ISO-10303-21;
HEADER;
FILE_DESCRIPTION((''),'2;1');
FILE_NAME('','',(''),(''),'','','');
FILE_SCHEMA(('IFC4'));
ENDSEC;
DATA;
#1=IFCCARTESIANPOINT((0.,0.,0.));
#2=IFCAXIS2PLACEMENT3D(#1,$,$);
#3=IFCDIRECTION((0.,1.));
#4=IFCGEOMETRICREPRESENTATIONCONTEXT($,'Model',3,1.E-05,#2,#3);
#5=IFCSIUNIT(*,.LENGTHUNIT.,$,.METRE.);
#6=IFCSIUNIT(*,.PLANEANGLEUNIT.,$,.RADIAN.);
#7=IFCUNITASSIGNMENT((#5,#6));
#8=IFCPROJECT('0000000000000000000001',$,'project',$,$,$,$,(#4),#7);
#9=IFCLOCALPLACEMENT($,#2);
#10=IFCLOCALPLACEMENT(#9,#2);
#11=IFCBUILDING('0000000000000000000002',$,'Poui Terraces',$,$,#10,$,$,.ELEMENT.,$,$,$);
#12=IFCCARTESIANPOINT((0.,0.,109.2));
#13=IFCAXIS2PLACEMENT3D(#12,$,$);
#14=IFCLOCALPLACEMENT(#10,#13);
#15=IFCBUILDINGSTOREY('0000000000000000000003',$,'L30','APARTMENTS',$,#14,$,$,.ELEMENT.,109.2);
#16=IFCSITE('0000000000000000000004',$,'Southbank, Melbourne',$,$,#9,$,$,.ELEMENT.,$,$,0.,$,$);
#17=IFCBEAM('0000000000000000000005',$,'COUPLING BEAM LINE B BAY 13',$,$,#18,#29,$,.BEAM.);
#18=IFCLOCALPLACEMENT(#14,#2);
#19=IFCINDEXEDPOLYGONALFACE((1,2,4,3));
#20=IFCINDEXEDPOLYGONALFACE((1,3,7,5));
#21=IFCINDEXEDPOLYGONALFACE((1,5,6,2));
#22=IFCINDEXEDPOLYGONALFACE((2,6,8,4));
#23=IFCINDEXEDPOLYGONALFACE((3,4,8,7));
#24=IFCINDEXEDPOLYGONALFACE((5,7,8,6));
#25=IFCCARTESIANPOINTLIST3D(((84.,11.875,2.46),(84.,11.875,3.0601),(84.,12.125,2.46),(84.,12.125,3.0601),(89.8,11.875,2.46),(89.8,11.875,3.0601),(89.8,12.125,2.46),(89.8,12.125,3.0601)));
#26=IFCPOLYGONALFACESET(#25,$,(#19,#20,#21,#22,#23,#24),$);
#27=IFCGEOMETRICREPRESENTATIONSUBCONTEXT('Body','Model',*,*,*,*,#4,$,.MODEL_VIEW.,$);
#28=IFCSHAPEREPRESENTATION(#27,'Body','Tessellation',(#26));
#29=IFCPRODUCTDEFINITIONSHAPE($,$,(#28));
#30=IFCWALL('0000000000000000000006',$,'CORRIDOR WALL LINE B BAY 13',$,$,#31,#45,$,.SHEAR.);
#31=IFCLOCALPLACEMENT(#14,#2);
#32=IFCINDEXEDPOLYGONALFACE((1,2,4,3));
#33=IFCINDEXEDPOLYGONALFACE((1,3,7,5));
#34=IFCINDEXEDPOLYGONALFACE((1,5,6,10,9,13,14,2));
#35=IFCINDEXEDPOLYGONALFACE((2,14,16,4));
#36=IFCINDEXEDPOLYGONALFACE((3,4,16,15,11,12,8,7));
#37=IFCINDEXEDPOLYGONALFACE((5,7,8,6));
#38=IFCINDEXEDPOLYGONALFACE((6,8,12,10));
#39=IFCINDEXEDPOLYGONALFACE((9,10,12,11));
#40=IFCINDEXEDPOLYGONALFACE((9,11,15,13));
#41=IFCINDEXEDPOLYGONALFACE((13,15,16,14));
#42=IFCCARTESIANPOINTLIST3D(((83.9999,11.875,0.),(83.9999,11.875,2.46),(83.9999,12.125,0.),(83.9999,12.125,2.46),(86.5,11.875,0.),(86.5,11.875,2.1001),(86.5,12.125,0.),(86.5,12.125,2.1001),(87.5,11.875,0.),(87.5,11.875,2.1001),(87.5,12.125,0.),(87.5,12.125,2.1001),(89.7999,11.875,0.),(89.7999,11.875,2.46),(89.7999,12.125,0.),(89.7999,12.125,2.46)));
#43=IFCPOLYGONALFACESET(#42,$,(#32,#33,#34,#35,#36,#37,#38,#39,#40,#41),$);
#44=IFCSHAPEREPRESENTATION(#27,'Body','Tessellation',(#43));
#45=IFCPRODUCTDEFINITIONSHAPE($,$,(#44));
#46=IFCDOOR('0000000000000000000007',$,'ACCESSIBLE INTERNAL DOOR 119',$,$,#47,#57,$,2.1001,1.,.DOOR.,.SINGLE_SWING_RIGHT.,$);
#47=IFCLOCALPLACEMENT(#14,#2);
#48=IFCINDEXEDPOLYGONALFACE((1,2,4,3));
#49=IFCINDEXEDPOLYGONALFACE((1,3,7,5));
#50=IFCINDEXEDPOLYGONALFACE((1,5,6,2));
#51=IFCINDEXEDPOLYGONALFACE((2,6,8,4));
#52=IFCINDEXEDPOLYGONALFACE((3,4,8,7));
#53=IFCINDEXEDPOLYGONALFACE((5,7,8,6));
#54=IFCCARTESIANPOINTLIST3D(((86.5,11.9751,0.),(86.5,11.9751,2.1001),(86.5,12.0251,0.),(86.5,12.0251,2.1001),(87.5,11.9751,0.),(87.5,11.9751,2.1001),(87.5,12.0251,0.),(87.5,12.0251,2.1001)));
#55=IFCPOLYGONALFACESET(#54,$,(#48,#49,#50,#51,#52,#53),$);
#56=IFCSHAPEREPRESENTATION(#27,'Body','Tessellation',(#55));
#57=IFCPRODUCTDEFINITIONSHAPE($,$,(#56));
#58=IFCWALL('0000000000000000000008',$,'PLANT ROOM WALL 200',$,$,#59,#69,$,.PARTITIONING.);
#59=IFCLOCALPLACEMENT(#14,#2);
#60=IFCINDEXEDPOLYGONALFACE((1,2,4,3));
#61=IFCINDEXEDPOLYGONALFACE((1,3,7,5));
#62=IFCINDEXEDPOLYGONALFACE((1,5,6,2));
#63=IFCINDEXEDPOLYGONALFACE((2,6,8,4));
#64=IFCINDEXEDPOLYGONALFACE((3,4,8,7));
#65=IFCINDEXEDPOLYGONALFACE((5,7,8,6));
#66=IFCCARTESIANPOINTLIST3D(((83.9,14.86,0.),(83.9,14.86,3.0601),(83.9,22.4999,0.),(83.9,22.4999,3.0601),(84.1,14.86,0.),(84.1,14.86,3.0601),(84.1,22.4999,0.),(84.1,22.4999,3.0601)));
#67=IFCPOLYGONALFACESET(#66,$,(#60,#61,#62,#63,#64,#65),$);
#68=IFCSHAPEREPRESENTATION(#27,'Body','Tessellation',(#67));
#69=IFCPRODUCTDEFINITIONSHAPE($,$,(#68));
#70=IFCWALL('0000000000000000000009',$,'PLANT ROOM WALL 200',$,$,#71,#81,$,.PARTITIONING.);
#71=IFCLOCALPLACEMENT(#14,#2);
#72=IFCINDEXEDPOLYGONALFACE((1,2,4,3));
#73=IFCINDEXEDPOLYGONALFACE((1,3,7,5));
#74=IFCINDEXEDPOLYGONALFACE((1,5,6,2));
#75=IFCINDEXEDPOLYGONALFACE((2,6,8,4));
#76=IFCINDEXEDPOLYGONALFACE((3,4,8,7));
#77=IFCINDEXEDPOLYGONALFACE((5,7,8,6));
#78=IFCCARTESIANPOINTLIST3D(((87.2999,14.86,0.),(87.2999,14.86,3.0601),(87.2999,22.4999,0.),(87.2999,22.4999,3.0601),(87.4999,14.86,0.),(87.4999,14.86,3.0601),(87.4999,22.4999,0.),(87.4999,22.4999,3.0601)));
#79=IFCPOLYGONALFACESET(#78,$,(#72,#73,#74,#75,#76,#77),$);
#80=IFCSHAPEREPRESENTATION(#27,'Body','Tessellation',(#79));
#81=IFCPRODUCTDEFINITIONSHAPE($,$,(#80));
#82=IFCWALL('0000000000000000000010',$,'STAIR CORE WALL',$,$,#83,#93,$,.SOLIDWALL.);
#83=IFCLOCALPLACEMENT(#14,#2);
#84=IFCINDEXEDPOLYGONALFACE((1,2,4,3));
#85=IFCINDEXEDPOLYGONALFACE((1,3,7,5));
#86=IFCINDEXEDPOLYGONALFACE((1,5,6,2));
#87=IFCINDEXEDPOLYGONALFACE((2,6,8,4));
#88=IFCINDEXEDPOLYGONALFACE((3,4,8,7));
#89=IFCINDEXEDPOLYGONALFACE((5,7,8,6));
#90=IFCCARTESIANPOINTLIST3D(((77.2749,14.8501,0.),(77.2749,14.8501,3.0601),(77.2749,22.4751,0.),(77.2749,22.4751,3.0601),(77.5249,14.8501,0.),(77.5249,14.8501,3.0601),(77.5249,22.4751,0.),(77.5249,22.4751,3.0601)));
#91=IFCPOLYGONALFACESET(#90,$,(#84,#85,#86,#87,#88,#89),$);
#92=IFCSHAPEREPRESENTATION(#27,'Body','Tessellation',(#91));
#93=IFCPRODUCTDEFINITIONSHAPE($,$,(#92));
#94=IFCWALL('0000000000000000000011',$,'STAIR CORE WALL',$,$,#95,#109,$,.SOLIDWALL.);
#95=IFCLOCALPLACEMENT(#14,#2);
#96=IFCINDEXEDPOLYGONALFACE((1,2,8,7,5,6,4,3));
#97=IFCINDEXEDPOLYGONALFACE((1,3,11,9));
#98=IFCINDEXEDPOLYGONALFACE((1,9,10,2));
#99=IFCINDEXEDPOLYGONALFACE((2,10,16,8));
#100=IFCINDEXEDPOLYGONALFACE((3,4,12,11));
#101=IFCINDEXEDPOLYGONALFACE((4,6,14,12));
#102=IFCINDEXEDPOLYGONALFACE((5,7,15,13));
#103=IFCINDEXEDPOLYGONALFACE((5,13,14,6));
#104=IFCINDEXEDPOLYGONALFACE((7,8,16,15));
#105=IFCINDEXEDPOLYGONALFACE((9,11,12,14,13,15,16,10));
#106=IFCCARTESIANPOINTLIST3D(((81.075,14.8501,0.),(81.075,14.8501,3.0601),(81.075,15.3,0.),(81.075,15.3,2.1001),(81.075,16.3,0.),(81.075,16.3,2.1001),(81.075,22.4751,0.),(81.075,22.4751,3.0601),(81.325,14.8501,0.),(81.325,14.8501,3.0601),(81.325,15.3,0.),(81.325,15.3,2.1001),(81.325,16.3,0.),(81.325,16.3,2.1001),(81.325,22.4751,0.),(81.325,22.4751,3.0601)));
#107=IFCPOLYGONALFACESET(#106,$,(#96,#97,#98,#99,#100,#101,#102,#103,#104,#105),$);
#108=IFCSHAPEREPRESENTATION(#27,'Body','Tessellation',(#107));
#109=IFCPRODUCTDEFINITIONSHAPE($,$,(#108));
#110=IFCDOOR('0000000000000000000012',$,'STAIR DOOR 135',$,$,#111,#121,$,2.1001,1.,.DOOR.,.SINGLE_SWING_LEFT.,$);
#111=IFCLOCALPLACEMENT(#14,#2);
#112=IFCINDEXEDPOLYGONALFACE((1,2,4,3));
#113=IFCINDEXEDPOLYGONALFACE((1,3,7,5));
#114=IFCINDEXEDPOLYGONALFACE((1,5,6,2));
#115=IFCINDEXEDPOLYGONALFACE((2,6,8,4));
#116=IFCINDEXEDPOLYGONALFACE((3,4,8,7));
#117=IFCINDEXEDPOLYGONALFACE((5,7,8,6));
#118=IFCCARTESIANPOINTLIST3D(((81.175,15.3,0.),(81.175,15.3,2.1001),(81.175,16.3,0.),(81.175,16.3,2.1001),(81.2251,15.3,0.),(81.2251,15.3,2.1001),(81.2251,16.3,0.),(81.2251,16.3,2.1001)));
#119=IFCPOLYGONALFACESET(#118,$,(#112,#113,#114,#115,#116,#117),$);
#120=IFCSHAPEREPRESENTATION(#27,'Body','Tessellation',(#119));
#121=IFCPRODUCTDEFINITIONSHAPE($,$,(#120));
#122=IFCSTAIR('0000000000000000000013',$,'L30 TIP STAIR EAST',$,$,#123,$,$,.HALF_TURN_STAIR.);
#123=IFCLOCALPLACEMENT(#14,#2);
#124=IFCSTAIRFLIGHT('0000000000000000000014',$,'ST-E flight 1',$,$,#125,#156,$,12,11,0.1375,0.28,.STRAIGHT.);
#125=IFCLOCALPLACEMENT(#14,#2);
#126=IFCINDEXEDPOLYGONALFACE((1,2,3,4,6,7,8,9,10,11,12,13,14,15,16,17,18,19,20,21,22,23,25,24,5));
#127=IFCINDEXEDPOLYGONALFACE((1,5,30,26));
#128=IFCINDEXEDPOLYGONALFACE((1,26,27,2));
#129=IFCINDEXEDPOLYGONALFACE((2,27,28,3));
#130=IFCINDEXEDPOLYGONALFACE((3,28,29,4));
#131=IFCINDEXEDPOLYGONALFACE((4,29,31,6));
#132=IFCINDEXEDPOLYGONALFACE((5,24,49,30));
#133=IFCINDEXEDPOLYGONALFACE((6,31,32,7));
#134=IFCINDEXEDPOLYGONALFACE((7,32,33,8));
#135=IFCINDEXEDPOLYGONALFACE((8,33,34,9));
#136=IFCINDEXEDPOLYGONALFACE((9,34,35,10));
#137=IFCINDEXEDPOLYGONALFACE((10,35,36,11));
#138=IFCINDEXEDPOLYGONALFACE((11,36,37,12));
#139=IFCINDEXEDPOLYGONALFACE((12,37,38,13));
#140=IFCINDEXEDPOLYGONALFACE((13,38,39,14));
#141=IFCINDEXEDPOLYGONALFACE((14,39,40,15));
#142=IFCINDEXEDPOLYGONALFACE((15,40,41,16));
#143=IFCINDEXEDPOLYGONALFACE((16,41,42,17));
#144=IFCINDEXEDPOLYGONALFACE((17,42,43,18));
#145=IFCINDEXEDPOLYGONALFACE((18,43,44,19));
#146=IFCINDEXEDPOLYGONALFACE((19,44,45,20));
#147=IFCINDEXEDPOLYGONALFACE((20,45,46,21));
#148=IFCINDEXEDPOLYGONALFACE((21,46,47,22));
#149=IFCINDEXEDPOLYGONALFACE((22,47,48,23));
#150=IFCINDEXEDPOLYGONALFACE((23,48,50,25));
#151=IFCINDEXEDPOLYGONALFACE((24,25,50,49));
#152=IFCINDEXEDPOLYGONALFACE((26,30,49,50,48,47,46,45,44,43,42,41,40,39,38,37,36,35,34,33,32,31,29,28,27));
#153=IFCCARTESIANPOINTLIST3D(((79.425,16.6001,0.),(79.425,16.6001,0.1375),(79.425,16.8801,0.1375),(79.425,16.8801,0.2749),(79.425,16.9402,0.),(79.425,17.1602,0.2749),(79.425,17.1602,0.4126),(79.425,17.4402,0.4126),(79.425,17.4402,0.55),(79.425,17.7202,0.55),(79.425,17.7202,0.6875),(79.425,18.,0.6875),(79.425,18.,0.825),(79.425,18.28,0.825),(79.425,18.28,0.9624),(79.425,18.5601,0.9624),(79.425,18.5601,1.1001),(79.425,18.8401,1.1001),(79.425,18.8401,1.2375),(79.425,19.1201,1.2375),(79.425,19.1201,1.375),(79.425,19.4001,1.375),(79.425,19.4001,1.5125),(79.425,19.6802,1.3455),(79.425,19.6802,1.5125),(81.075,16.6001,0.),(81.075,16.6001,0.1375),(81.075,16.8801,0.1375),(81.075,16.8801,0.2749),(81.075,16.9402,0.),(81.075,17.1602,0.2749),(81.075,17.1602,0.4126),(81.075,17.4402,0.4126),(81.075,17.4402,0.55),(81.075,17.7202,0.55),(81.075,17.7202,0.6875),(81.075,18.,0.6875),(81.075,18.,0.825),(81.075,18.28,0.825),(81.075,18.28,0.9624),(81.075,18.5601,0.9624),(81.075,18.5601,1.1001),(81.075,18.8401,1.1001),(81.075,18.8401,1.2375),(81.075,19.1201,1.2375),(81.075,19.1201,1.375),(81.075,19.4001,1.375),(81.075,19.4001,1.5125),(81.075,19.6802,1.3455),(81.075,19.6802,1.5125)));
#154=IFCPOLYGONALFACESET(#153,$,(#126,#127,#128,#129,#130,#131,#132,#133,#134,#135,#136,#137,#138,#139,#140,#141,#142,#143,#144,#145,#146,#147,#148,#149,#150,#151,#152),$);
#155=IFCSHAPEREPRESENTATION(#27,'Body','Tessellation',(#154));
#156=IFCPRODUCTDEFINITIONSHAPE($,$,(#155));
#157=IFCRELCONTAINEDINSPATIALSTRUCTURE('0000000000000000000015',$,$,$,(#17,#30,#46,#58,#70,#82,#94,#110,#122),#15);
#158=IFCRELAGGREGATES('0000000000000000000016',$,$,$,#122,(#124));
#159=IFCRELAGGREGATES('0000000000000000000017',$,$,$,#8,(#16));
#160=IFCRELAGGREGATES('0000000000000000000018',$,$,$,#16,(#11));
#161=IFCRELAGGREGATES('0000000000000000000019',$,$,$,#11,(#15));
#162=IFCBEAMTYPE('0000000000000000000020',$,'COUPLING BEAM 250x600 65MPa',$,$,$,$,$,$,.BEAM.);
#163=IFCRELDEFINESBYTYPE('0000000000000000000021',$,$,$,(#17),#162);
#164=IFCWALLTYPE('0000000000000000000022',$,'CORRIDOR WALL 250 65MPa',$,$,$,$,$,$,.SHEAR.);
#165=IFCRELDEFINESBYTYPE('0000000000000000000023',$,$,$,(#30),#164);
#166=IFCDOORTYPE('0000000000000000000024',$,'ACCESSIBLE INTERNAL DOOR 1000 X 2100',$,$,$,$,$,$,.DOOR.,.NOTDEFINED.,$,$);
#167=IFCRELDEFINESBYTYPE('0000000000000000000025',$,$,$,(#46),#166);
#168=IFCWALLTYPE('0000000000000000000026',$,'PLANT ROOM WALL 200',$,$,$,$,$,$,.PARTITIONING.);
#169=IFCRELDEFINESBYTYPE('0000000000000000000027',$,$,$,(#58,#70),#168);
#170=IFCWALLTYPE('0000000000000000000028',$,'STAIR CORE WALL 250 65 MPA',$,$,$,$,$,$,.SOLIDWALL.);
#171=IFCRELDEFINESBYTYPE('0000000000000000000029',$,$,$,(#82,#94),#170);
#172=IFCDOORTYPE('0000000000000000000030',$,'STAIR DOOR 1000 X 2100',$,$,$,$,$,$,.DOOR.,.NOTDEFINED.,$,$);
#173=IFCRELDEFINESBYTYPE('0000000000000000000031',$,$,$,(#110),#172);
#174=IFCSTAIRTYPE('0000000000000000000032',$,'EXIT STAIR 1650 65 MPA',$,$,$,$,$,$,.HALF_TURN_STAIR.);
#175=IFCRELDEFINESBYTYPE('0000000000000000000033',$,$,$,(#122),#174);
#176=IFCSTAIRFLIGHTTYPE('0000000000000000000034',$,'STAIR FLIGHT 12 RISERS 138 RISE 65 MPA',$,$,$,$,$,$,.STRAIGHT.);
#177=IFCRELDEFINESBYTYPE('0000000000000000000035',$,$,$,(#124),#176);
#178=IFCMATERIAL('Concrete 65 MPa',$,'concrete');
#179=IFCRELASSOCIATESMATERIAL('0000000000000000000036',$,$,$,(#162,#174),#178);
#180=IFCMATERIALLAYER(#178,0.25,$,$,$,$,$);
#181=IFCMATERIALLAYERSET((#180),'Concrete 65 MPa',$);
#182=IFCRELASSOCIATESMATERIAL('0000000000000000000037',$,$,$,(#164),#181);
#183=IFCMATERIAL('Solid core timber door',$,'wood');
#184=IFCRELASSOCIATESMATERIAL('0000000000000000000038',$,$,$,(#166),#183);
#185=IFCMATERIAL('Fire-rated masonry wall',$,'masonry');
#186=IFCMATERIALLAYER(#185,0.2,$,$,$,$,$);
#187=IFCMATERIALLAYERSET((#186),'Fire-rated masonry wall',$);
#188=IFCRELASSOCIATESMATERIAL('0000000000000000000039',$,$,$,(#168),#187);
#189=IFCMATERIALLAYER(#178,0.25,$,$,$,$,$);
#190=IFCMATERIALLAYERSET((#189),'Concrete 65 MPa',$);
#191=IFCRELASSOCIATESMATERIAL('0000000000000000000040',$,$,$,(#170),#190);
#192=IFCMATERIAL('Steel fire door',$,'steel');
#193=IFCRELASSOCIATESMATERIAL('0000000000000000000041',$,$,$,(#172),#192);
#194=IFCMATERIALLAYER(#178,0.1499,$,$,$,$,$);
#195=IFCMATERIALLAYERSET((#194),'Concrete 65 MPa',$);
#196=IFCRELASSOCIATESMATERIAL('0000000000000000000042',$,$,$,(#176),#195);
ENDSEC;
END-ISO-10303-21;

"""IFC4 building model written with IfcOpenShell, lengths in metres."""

from ifc_helpers import new_model, si_unit, direction, frame, frame_2d, origin, origin_2d, place, context, subcontext, project, spatial, polyline, rectangle, outline, extrude, source, transform, mapped, material, layer, layer_set, material_profile, profile_set, type_object, element, fill, aggregate, save


model = new_model("IFC4")

# Units and contexts
model_context = context("Model", 3, precision=1e-05, world=origin(), true_north=direction((0.0, 1.0)))
body_context = subcontext(model_context, "Body", "Model", "MODEL_VIEW")
ifc_project = project(units=[si_unit("LENGTHUNIT", "METRE"), si_unit("PLANEANGLEUNIT", "RADIAN")], contexts=[model_context])

# Site, building, storey
site_placement = place(None, origin())
site = spatial("IfcSite", under=ifc_project, at=site_placement, Name="Southbank, Melbourne", CompositionType="ELEMENT", RefElevation=0.0)
building_placement = place(site_placement, origin())
building = spatial("IfcBuilding", under=site, at=building_placement, Name="Poui Terraces", CompositionType="ELEMENT")
storey_placement = place(building_placement, frame((0.0, 0.0, 109.2)))
storey = spatial("IfcBuildingStorey", under=building, at=storey_placement, Name="L30", Description="APARTMENTS", CompositionType="ELEMENT", Elevation=109.2)

# Beam
ifc_material_1 = material(Name="Concrete 65 MPa", Category="concrete")
ifc_material_profile = material_profile(ifc_material_1, rectangle(XDim=0.25, YDim=0.6001, at=origin_2d()), Name="RC 250x600")
ifc_profile_set = profile_set([ifc_material_profile], Name="Concrete 65 MPa")
beam_type = type_object("IfcBeamType", Name="COUPLING BEAM 250x600 65MPa", PredefinedType="BEAM", material=ifc_profile_set)
shared_shape = source(origin(), body_context, "Body", "SweptSolid", [
    extrude(rectangle(XDim=0.25, YDim=0.6001, at=origin_2d()), origin(), (0.0, 0.0, 1.0), 5.8),
])
beam_placement = place(storey_placement, frame((84.0, 12.0, 2.76), z_axis=(1.0, 0.0, 0.0), x_axis=(0.0, 1.0, 0.0)))
element("IfcBeam", 1, at=beam_placement, inside=storey, type_object=beam_type, Name="COUPLING BEAM LINE B BAY 13", PredefinedType="BEAM", context=body_context, shape_type="MappedRepresentation", body=[
    mapped(shared_shape, transform((0.0, 0.0, 0.0))),
])

# Wall, opening, door
ifc_layer_1 = layer(ifc_material_1, 0.25)
ifc_layer_set_1 = layer_set([ifc_layer_1], Name="Concrete 65 MPa")
wall_type_1 = type_object("IfcWallType", Name="CORRIDOR WALL 250 65MPa", PredefinedType="SHEAR", material=ifc_layer_set_1)
wall_1_placement = place(storey_placement, frame((84.0, 12.0, 0.0), z_axis=(0.0, 0.0, 1.0), x_axis=(1.0, 0.0, 0.0)))
wall_1 = element("IfcWall", 2, at=wall_1_placement, inside=storey, type_object=wall_type_1, Name="CORRIDOR WALL LINE B BAY 13", PredefinedType="SHEAR", context=body_context, shape_type="SweptSolid", body=[
    extrude(rectangle(XDim=5.8, YDim=0.25, at=frame_2d((2.8999, 0.0))), origin(), (0.0, 0.0, 1.0), 2.46),
])
opening_1_placement = place(wall_1_placement, frame((2.5, 0.0, 0.0)))
opening_1 = element("IfcOpeningElement", 3, at=opening_1_placement, cuts=wall_1, PredefinedType="OPENING", context=body_context, shape_type="SweptSolid", body=[
    extrude(rectangle(XDim=1.0, YDim=2.1001, at=frame_2d((0.5, 1.05))), frame((0.0, 0.135, 0.0), z_axis=(0.0, -1.0, 0.0), x_axis=(1.0, 0.0, 0.0)), (0.0, 0.0, 1.0), 0.27),
])
ifc_material_2 = material(Name="Solid core timber door", Category="wood")
door_type_1 = type_object("IfcDoorType", Name="ACCESSIBLE INTERNAL DOOR 1000 X 2100", OperationType="NOTDEFINED", PredefinedType="DOOR", material=ifc_material_2)
door_1_placement = place(opening_1_placement, frame((1.0, 0.0, 0.0), z_axis=(0.0, 0.0, 1.0), x_axis=(-1.0, 0.0, 0.0)))
door_1 = element("IfcDoor", 4, at=door_1_placement, inside=storey, type_object=door_type_1, Name="ACCESSIBLE INTERNAL DOOR 119", OperationType="SINGLE_SWING_RIGHT", OverallHeight=2.1001, OverallWidth=1.0, PredefinedType="DOOR", context=body_context, shape_type="SweptSolid", body=[
    extrude(rectangle(XDim=1.0, YDim=2.1001, at=frame_2d((0.5, 1.05))), frame((0.0, 0.0249, 0.0), z_axis=(0.0, -1.0, 0.0), x_axis=(1.0, 0.0, 0.0)), (0.0, 0.0, 1.0), 0.05),
])
fill(opening_1, door_1)

# Walls
ifc_material_3 = material(Name="Fire-rated masonry wall", Category="masonry")
ifc_layer_2 = layer(ifc_material_3, 0.2)
ifc_layer_set_2 = layer_set([ifc_layer_2], Name="Fire-rated masonry wall")
wall_type_2 = type_object("IfcWallType", Name="PLANT ROOM WALL 200", PredefinedType="PARTITIONING", material=ifc_layer_set_2)
for number, where, z_axis, x_axis, name in (
    (5, (84.0, 14.8601, 0.0), (0.0, 0.0, 1.0), (0.0, 1.0, 0.0), "PLANT ROOM WALL 200"),
    (6, (87.3999, 14.8601, 0.0), (0.0, 0.0, 1.0), (0.0, 1.0, 0.0), "PLANT ROOM WALL 200"),
):
    element("IfcWall", number, at=place(storey_placement, frame(where, z_axis=z_axis, x_axis=x_axis)), inside=storey, type_object=wall_type_2, Name=name, PredefinedType="PARTITIONING", context=body_context, shape_type="SweptSolid", body=[
        extrude(rectangle(XDim=7.6399, YDim=0.2, at=frame_2d((3.8198, 0.0))), origin(), (0.0, 0.0, 1.0), 3.0601),
    ])
ifc_layer_3 = layer(ifc_material_1, 0.25)
ifc_layer_set_3 = layer_set([ifc_layer_3], Name="Concrete 65 MPa")
wall_type_3 = type_object("IfcWallType", Name="STAIR CORE WALL 250 65 MPA", PredefinedType="SOLIDWALL", material=ifc_layer_set_3)
wall_2_placement = place(storey_placement, frame((77.3999, 14.8501, 0.0), z_axis=(0.0, 0.0, 1.0), x_axis=(0.0, 1.0, 0.0)))
element("IfcWall", 7, at=wall_2_placement, inside=storey, type_object=wall_type_3, Name="STAIR CORE WALL", PredefinedType="SOLIDWALL", context=body_context, shape_type="SweptSolid", body=[
    extrude(rectangle(XDim=7.625, YDim=0.25, at=frame_2d((3.8125, 0.0))), origin(), (0.0, 0.0, 1.0), 3.0601),
])

# Wall, opening, door
wall_3_placement = place(storey_placement, frame((81.2, 14.8501, 0.0), z_axis=(0.0, 0.0, 1.0), x_axis=(0.0, 1.0, 0.0)))
wall_3 = element("IfcWall", 8, at=wall_3_placement, inside=storey, type_object=wall_type_3, Name="STAIR CORE WALL", PredefinedType="SOLIDWALL", context=body_context, shape_type="SweptSolid", body=[
    extrude(rectangle(XDim=7.625, YDim=0.25, at=frame_2d((3.8125, 0.0))), origin(), (0.0, 0.0, 1.0), 3.0601),
])
opening_2_placement = place(wall_3_placement, frame((0.45, 0.0, 0.0)))
opening_2 = element("IfcOpeningElement", 9, at=opening_2_placement, cuts=wall_3, PredefinedType="OPENING", context=body_context, shape_type="SweptSolid", body=[
    extrude(rectangle(XDim=1.0, YDim=2.1001, at=frame_2d((0.5, 1.05))), frame((0.0, 0.135, 0.0), z_axis=(0.0, -1.0, 0.0), x_axis=(1.0, 0.0, 0.0)), (0.0, 0.0, 1.0), 0.27),
])
ifc_material_4 = material(Name="Steel fire door", Category="steel")
door_type_2 = type_object("IfcDoorType", Name="STAIR DOOR 1000 X 2100", OperationType="NOTDEFINED", PredefinedType="DOOR", material=ifc_material_4)
door_2_placement = place(opening_2_placement, origin())
door_2 = element("IfcDoor", 10, at=door_2_placement, inside=storey, type_object=door_type_2, Name="STAIR DOOR 135", OperationType="SINGLE_SWING_LEFT", OverallHeight=2.1001, OverallWidth=1.0, PredefinedType="DOOR", context=body_context, shape_type="SweptSolid", body=[
    extrude(rectangle(XDim=1.0, YDim=2.1001, at=frame_2d((0.5, 1.05))), frame((0.0, 0.0249, 0.0), z_axis=(0.0, -1.0, 0.0), x_axis=(1.0, 0.0, 0.0)), (0.0, 0.0, 1.0), 0.05),
])
fill(opening_2, door_2)

# Stair, stair flight
stair_type = type_object("IfcStairType", Name="EXIT STAIR 1650 65 MPA", PredefinedType="HALF_TURN_STAIR", material=ifc_material_1)
stair_placement = place(storey_placement, origin())
stair = element("IfcStair", 11, at=stair_placement, inside=storey, type_object=stair_type, Name="L30 TIP STAIR EAST", PredefinedType="HALF_TURN_STAIR")
ifc_layer_4 = layer(ifc_material_1, 0.1499)
ifc_layer_set_4 = layer_set([ifc_layer_4], Name="Concrete 65 MPa")
stair_flight_type = type_object("IfcStairFlightType", Name="STAIR FLIGHT 12 RISERS 138 RISE 65 MPA", PredefinedType="STRAIGHT", material=ifc_layer_set_4)
stair_flight_1_placement = place(storey_placement, frame((80.25, 16.6001, 0.0), z_axis=(0.0, 0.0, 1.0), x_axis=(0.0, 1.0, 0.0)))
stair_flight_1 = element("IfcStairFlight", 12, at=stair_flight_1_placement, type_object=stair_flight_type, Name="ST-E flight 1", NumberOfRisers=12, NumberOfTreads=11, PredefinedType="STRAIGHT", RiserHeight=0.1375, TreadLength=0.28, context=body_context, shape_type="SweptSolid", body=[
    extrude(outline(polyline([(0.0, 0.0), (0.0, 0.1375), (0.28, 0.1375), (0.28, 0.2749), (0.5601, 0.2749), (0.5601, 0.4126), (0.8401, 0.4126), (0.8401, 0.55), (1.1201, 0.55), (1.1201, 0.6875), (1.3999, 0.6875), (1.3999, 0.825), (1.6799, 0.825), (1.6799, 0.9624), (1.96, 0.9624), (1.96, 1.1001), (2.24, 1.1001), (2.24, 1.2375), (2.52, 1.2375), (2.52, 1.375), (2.8, 1.375), (2.8, 1.5125), (3.0801, 1.5125), (3.0801, 1.6499), (3.0801, 1.3455), (0.3401, 0.0), (0.0, 0.0)])), frame((0.0, 0.825, 0.0), z_axis=(0.0, -1.0, 0.0), x_axis=(1.0, 0.0, 0.0)), (0.0, 0.0, 1.0), 1.6499),
])
aggregate(stair, [stair_flight_1])

save(model, "model.ifc")
